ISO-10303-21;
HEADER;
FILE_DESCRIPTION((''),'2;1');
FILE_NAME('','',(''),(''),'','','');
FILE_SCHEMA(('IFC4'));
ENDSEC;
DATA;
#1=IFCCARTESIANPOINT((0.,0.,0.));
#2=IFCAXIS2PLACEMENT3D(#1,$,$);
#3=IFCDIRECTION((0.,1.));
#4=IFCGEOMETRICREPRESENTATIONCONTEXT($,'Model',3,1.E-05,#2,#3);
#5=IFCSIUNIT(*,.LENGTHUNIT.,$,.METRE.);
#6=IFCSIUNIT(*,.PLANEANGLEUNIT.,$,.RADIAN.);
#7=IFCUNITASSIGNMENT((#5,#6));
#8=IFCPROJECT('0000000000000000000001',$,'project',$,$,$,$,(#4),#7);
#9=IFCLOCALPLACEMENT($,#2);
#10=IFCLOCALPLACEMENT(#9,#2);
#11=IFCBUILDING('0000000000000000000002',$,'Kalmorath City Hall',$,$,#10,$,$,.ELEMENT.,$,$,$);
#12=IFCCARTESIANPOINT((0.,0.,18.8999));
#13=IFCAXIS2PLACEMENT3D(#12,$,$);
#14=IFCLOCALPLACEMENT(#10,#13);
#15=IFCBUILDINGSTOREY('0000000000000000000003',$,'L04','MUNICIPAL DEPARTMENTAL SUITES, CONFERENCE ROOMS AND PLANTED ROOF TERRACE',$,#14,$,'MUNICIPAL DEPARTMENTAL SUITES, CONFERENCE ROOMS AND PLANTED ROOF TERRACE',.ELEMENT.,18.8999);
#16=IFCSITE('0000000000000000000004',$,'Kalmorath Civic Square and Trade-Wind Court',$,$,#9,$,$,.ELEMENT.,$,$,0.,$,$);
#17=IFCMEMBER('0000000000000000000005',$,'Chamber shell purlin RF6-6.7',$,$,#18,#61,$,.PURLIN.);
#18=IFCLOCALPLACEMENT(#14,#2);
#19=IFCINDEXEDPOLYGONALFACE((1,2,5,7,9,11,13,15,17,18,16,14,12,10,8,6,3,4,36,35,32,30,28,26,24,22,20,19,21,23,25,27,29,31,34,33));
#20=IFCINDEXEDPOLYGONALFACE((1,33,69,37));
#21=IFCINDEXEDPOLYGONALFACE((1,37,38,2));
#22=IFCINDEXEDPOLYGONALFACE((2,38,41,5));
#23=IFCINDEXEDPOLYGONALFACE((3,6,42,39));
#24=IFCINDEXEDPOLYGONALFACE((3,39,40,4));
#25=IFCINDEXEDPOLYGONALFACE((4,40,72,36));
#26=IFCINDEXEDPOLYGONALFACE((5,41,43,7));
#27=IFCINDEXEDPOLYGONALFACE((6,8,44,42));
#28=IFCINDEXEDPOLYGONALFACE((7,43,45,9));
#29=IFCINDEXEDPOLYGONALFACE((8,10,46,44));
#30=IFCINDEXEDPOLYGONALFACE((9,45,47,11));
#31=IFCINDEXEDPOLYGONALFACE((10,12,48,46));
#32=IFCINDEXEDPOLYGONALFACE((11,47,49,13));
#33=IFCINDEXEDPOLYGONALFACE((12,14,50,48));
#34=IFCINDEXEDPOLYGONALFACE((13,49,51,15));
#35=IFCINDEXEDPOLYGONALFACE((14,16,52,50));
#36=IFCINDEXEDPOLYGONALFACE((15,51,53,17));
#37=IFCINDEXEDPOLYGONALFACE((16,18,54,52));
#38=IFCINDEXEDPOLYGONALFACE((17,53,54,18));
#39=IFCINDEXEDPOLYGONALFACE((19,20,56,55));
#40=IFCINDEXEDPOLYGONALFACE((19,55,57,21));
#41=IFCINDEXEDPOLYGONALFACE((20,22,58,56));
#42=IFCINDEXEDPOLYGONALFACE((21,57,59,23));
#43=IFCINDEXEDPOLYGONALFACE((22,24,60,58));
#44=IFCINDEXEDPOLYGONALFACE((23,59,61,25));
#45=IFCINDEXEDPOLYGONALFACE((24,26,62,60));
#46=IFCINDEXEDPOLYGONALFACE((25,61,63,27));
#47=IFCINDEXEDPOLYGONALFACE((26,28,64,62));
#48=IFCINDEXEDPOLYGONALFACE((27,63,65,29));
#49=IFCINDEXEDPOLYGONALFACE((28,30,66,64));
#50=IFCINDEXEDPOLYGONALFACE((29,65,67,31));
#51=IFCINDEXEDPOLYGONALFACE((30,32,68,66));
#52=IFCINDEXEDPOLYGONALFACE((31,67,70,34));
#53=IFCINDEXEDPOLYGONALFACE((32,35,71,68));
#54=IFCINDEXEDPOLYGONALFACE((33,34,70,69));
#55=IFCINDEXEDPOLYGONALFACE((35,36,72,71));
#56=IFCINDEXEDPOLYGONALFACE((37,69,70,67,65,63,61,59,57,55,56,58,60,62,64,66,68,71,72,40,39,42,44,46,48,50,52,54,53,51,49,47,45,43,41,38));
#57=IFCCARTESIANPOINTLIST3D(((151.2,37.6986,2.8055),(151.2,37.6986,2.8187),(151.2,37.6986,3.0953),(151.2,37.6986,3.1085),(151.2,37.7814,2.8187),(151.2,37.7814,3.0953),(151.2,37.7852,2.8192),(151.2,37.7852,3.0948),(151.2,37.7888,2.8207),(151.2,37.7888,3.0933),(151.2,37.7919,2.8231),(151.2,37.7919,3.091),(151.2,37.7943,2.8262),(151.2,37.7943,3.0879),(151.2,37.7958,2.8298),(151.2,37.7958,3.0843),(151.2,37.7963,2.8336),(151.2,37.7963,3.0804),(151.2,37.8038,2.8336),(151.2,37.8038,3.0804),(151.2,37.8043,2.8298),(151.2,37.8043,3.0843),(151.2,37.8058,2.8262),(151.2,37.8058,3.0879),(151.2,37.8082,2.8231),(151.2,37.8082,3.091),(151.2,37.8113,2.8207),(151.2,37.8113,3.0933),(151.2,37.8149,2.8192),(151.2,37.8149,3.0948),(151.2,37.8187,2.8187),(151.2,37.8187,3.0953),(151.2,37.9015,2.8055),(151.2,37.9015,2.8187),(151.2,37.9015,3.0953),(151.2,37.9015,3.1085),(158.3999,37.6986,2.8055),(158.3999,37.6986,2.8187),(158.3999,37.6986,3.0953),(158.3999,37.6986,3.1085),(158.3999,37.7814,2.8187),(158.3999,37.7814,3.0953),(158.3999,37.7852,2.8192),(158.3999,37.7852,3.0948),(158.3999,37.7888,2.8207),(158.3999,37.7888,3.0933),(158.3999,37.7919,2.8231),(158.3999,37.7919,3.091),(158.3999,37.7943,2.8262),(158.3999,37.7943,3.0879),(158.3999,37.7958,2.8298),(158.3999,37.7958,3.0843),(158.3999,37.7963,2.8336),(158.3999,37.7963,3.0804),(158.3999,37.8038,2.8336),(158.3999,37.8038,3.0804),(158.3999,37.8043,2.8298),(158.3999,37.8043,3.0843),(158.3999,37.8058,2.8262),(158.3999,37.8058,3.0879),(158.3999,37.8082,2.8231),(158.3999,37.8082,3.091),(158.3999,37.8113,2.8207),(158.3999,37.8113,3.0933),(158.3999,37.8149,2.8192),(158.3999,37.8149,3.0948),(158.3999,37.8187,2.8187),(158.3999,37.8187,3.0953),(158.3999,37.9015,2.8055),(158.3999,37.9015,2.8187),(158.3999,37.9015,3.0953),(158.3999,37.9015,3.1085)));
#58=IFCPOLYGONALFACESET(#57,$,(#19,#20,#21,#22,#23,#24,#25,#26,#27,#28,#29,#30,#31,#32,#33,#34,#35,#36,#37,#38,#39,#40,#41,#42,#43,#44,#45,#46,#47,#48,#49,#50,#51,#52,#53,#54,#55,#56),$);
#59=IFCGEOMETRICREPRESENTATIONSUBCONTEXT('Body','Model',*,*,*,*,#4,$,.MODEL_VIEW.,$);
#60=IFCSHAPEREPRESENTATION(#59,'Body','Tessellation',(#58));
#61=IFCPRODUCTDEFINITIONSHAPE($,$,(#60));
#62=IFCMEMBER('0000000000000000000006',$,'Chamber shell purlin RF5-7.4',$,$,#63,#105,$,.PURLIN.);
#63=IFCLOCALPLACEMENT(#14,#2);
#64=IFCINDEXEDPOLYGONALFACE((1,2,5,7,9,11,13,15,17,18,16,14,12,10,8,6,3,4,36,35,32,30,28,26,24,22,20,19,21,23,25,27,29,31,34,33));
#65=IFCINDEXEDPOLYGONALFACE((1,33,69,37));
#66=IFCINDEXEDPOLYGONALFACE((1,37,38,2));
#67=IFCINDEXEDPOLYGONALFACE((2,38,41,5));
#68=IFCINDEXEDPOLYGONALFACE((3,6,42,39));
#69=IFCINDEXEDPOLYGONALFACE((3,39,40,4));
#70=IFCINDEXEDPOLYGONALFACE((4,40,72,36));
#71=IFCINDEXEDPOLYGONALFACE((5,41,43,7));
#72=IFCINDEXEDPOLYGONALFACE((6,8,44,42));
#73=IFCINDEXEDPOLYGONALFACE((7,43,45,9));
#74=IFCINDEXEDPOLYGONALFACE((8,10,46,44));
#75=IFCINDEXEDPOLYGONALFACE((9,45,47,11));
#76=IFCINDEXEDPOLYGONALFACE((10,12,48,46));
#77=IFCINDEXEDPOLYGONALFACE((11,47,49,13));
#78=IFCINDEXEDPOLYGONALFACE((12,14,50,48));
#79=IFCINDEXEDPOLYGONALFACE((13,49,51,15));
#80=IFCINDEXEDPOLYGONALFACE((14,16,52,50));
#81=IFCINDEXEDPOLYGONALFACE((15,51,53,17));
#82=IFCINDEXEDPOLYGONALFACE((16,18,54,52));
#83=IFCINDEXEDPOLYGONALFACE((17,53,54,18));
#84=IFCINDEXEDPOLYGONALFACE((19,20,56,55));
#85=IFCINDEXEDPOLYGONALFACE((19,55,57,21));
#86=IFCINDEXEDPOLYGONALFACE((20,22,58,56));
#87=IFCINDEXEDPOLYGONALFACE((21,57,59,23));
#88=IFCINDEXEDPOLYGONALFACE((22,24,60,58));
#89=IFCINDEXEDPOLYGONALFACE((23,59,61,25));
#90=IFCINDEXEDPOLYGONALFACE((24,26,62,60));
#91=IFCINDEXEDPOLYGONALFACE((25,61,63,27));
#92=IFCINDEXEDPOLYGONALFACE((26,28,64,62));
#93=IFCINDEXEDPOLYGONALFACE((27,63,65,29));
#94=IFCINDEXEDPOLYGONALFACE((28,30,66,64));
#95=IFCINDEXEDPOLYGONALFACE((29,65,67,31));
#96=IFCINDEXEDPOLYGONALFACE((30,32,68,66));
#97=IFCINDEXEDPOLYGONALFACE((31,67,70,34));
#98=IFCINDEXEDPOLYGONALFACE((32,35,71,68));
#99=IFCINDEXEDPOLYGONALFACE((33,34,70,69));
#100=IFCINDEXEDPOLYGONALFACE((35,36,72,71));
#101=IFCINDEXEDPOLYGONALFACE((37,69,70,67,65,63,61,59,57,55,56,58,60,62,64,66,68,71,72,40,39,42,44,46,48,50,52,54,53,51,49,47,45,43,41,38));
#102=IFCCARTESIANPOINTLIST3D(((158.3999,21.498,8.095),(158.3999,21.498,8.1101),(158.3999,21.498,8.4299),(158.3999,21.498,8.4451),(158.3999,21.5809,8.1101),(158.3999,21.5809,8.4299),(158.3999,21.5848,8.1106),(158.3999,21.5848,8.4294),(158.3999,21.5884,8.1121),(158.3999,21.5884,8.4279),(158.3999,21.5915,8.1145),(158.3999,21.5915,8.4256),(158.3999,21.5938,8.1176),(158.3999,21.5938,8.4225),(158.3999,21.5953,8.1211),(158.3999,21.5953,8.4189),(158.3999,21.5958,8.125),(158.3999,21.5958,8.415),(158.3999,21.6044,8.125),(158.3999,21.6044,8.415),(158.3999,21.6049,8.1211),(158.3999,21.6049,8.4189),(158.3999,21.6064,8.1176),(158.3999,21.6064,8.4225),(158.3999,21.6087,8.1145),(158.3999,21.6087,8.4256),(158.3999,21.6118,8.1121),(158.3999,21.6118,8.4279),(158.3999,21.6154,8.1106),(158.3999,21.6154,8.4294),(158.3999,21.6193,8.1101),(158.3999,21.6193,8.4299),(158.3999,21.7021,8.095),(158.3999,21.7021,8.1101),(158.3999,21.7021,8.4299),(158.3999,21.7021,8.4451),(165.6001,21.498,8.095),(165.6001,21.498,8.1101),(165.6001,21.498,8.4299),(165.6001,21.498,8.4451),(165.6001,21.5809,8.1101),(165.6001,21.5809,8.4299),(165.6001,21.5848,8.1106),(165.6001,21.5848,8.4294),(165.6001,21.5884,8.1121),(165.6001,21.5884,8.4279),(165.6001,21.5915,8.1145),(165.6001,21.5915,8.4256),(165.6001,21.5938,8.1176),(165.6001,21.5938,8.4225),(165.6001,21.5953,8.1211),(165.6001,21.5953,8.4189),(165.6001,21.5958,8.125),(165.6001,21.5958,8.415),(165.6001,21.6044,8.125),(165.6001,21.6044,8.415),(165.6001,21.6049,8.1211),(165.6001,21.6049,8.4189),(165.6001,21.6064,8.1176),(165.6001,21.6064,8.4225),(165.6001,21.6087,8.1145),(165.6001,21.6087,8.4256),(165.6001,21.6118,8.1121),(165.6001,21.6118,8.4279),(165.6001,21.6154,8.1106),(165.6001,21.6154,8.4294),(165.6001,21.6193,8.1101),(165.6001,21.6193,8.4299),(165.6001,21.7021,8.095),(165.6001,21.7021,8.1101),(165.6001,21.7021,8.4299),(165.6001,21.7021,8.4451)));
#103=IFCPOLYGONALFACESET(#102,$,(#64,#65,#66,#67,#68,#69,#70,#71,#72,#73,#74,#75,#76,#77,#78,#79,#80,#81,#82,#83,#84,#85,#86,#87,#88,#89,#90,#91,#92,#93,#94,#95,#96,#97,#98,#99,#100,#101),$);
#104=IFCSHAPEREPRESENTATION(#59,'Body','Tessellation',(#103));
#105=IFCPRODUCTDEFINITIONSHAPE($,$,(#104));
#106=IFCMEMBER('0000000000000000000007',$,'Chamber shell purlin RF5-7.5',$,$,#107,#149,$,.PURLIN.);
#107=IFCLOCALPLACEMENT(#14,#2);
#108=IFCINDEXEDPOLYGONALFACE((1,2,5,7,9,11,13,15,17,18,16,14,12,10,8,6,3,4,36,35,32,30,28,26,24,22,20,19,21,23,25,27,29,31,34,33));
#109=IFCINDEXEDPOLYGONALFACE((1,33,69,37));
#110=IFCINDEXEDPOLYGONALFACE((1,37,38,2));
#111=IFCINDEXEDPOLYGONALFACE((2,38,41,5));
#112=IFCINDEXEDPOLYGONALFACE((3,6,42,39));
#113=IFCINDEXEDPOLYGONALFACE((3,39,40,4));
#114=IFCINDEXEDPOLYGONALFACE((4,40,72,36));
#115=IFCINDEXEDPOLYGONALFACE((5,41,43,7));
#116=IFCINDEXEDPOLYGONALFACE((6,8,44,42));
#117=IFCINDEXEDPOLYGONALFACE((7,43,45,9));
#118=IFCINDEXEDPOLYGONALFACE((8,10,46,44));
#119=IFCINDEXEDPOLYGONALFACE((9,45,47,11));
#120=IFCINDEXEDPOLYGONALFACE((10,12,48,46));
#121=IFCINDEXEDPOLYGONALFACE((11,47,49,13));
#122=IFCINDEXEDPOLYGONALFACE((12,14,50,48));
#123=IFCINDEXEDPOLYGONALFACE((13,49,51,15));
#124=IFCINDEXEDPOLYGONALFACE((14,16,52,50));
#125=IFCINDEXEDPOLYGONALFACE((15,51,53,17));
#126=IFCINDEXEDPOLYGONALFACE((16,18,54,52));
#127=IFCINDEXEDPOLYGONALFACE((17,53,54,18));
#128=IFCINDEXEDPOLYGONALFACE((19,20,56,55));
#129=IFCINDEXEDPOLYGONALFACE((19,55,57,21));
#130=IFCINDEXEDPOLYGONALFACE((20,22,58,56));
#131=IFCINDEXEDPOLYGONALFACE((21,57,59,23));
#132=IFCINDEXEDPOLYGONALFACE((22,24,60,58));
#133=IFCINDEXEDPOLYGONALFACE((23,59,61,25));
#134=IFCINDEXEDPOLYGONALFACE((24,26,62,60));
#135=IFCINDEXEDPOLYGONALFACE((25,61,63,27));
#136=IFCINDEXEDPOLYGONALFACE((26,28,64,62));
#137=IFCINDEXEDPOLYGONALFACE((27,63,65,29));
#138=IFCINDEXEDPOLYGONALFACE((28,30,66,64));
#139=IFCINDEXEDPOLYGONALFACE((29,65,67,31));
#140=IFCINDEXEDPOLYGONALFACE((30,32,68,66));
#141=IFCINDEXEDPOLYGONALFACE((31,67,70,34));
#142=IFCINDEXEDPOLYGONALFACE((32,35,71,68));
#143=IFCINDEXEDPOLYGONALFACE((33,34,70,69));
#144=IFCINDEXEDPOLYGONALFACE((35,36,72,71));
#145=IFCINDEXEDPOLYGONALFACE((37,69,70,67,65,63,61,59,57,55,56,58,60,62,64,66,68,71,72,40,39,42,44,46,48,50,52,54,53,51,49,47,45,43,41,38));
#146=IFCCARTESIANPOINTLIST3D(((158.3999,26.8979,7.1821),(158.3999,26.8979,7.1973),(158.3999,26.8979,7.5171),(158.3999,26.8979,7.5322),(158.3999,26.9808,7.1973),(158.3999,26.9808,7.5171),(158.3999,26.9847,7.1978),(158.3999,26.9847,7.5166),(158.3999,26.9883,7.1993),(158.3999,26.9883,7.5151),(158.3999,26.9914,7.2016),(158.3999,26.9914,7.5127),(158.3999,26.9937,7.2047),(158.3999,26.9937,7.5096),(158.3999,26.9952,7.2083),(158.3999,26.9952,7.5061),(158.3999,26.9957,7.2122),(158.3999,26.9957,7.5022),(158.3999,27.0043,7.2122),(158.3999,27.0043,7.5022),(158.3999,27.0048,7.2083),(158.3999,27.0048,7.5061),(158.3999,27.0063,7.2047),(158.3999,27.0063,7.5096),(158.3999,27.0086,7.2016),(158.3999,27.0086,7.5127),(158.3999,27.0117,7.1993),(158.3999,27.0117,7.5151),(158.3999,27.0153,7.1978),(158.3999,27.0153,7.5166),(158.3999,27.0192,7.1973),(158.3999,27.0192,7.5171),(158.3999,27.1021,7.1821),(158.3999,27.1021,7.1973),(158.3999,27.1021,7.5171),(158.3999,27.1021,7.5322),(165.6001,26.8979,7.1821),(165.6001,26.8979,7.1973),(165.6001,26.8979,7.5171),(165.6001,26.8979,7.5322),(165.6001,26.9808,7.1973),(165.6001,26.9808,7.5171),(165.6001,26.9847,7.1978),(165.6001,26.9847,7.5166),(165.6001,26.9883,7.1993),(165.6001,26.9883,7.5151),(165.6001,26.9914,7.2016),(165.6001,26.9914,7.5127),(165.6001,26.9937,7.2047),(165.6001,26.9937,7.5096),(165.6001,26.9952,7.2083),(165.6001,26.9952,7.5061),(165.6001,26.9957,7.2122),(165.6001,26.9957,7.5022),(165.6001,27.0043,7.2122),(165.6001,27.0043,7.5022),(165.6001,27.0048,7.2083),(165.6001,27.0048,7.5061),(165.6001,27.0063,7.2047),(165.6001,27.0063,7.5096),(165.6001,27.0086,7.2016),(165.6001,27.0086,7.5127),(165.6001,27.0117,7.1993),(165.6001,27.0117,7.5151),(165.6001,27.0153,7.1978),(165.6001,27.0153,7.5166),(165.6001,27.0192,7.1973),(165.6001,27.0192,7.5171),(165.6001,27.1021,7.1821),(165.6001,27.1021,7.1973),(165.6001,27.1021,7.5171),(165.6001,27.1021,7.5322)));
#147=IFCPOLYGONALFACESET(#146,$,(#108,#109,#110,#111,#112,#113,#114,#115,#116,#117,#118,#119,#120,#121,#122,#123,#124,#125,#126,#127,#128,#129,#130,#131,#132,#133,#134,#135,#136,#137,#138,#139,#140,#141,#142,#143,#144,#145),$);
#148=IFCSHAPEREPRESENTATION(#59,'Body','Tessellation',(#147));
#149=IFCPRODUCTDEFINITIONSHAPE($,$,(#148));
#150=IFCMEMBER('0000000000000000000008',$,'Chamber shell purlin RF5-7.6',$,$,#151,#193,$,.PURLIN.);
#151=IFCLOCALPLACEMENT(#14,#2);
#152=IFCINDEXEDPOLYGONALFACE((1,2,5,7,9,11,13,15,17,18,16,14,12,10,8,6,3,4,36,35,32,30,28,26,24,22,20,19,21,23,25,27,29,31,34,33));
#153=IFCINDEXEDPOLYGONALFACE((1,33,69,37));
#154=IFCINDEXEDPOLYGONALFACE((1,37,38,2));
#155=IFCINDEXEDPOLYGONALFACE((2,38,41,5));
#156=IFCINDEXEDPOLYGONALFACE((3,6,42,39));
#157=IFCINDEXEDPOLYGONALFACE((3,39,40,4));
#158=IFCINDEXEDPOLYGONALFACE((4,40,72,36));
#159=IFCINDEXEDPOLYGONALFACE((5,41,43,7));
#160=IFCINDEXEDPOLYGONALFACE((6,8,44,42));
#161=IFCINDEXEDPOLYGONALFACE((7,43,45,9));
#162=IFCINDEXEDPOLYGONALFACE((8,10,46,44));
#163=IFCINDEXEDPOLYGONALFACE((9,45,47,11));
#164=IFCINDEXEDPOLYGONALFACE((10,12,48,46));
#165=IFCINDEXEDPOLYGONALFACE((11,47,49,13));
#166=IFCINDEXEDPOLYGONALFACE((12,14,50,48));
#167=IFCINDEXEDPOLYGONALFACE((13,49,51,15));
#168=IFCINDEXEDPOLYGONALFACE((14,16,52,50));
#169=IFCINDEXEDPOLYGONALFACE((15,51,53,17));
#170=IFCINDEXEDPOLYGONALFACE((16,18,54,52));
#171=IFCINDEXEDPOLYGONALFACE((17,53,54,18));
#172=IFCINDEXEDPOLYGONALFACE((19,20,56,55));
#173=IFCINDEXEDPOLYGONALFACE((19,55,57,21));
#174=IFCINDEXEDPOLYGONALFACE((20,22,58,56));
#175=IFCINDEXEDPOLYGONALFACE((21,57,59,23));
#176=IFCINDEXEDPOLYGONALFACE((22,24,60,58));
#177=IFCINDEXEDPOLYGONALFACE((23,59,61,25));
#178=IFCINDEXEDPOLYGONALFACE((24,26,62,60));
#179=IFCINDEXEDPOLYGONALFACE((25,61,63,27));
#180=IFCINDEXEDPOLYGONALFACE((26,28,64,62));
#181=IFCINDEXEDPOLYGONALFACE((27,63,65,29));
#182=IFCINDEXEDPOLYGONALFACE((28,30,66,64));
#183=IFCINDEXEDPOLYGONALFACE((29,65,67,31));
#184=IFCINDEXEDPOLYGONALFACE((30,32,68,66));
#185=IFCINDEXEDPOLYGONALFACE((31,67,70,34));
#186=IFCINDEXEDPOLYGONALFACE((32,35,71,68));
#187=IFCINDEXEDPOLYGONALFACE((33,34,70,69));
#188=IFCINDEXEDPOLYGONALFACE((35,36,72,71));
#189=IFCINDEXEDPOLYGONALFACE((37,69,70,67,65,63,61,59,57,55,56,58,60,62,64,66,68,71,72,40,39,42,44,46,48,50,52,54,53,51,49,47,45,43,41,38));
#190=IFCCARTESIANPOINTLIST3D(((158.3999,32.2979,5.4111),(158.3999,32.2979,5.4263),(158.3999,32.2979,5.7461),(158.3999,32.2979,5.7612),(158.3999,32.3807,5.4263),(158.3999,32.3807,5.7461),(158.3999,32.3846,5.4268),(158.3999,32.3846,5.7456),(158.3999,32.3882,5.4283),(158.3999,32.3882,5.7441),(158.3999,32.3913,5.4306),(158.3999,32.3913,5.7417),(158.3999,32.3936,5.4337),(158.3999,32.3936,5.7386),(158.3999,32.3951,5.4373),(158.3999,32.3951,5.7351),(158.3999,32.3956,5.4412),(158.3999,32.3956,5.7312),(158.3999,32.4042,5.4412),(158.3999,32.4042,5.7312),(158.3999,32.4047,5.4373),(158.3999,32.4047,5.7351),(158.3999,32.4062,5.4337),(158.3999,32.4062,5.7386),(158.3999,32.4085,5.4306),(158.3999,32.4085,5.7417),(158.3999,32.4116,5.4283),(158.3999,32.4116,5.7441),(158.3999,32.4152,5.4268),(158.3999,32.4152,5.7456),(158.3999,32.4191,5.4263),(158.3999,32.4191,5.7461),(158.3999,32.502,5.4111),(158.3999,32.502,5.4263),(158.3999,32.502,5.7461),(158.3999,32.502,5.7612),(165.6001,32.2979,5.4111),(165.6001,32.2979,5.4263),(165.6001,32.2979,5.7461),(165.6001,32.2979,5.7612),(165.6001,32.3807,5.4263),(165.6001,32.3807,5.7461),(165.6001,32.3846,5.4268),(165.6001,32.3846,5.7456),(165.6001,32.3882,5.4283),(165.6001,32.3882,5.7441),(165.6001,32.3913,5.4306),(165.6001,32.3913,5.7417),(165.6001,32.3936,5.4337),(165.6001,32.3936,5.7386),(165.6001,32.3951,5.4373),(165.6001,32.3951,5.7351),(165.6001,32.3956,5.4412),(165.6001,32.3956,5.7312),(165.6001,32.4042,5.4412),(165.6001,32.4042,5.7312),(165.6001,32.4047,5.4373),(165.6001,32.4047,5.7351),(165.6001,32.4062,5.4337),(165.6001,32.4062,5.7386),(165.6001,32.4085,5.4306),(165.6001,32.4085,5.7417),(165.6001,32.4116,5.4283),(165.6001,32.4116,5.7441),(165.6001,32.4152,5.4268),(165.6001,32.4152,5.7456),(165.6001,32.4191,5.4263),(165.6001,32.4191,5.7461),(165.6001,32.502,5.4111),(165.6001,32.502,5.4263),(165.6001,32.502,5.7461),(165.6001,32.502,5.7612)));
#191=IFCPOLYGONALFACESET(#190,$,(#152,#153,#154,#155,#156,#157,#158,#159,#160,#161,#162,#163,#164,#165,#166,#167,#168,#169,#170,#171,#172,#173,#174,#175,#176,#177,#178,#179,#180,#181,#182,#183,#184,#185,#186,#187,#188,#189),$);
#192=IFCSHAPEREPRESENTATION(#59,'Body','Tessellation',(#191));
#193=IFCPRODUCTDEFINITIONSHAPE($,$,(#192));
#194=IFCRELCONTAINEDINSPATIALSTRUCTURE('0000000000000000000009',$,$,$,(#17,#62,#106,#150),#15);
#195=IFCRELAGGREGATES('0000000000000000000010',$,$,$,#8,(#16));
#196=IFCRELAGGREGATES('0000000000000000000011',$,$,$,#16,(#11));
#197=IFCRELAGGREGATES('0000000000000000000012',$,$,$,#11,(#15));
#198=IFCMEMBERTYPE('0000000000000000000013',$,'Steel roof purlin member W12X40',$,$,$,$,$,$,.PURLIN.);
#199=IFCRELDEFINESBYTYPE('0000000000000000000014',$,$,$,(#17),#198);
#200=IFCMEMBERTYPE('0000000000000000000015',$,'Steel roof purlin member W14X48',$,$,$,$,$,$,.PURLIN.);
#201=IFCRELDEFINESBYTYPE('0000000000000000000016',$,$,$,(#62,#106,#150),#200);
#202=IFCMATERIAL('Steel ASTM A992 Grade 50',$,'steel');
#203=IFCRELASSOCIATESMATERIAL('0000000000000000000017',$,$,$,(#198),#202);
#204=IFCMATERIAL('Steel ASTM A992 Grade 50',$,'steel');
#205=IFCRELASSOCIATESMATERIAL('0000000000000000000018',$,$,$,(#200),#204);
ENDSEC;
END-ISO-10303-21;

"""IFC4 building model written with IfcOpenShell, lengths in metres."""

from ifc_helpers import new_model, si_unit, direction, frame, origin, origin_2d, place, context, subcontext, project, spatial, i_section, extrude, material, material_profile, profile_set, type_object, element, save


model = new_model("IFC4")

# Units and contexts
model_context = context("Model", 3, precision=1e-05, world=origin(), true_north=direction((0.0, 1.0)))
body_context = subcontext(model_context, "Body", "Model", "MODEL_VIEW")
ifc_project = project(units=[si_unit("LENGTHUNIT", "METRE"), si_unit("PLANEANGLEUNIT", "RADIAN")], contexts=[model_context])

# Site, building, storey
site_placement = place(None, origin())
site = spatial("IfcSite", under=ifc_project, at=site_placement, Name="Kalmorath Civic Square and Trade-Wind Court", CompositionType="ELEMENT", RefElevation=0.0)
building_placement = place(site_placement, origin())
building = spatial("IfcBuilding", under=site, at=building_placement, Name="Kalmorath City Hall", CompositionType="ELEMENT")
storey_placement = place(building_placement, frame((0.0, 0.0, 18.8999)))
storey = spatial("IfcBuildingStorey", under=building, at=storey_placement, Name="L04", Description="MUNICIPAL DEPARTMENTAL SUITES, CONFERENCE ROOMS AND PLANTED ROOF TERRACE", LongName="MUNICIPAL DEPARTMENTAL SUITES, CONFERENCE ROOMS AND PLANTED ROOF TERRACE", CompositionType="ELEMENT", Elevation=18.8999)

# Members
ifc_material_1 = material(Name="Steel ASTM A992 Grade 50", Category="steel")
ifc_material_profile_1 = material_profile(ifc_material_1, i_section(OverallWidth=0.2029, OverallDepth=0.303, WebThickness=0.0076, FlangeThickness=0.0132, FilletRadius=0.0149, at=origin_2d()), Name="W12X40")
ifc_profile_set_1 = profile_set([ifc_material_profile_1], Name="Steel ASTM A992 Grade 50")
member_type_1 = type_object("IfcMemberType", Name="Steel roof purlin member W12X40", PredefinedType="PURLIN", material=ifc_profile_set_1)
for number, where, z_axis, x_axis, name in (
    (1, (151.2, 37.8, 2.957), (1.0, 0.0, 0.0), (0.0, 1.0, 0.0), "Chamber shell purlin RF6-6.7"),
):
    element("IfcMember", number, at=place(storey_placement, frame(where, z_axis=z_axis, x_axis=x_axis)), inside=storey, type_object=member_type_1, Name=name, PredefinedType="PURLIN", context=body_context, shape_type="SweptSolid", body=[
        extrude(i_section(OverallWidth=0.2029, OverallDepth=0.303, WebThickness=0.0076, FlangeThickness=0.0132, FilletRadius=0.0149, at=origin_2d()), origin(), (0.0, 0.0, 1.0), 7.2),
    ])
ifc_material_2 = material(Name="Steel ASTM A992 Grade 50", Category="steel")
ifc_material_profile_2 = material_profile(ifc_material_2, i_section(OverallWidth=0.2041, OverallDepth=0.3501, WebThickness=0.0085, FlangeThickness=0.0151, FilletRadius=0.0149, at=origin_2d()), Name="W14X48")
ifc_profile_set_2 = profile_set([ifc_material_profile_2], Name="Steel ASTM A992 Grade 50")
member_type_2 = type_object("IfcMemberType", Name="Steel roof purlin member W14X48", PredefinedType="PURLIN", material=ifc_profile_set_2)
for number, where, z_axis, x_axis, name in (
    (2, (158.3999, 21.6001, 8.27), (1.0, 0.0, 0.0), (0.0, 1.0, 0.0), "Chamber shell purlin RF5-7.4"),
    (3, (158.3999, 27.0, 7.3572), (1.0, 0.0, 0.0), (0.0, 1.0, 0.0), "Chamber shell purlin RF5-7.5"),
    (4, (158.3999, 32.3999, 5.5862), (1.0, 0.0, 0.0), (0.0, 1.0, 0.0), "Chamber shell purlin RF5-7.6"),
):
    element("IfcMember", number, at=place(storey_placement, frame(where, z_axis=z_axis, x_axis=x_axis)), inside=storey, type_object=member_type_2, Name=name, PredefinedType="PURLIN", context=body_context, shape_type="SweptSolid", body=[
        extrude(i_section(OverallWidth=0.2041, OverallDepth=0.3501, WebThickness=0.0085, FlangeThickness=0.0151, FilletRadius=0.0149, at=origin_2d()), origin(), (0.0, 0.0, 1.0), 7.2002),
    ])

save(model, "model.ifc")
